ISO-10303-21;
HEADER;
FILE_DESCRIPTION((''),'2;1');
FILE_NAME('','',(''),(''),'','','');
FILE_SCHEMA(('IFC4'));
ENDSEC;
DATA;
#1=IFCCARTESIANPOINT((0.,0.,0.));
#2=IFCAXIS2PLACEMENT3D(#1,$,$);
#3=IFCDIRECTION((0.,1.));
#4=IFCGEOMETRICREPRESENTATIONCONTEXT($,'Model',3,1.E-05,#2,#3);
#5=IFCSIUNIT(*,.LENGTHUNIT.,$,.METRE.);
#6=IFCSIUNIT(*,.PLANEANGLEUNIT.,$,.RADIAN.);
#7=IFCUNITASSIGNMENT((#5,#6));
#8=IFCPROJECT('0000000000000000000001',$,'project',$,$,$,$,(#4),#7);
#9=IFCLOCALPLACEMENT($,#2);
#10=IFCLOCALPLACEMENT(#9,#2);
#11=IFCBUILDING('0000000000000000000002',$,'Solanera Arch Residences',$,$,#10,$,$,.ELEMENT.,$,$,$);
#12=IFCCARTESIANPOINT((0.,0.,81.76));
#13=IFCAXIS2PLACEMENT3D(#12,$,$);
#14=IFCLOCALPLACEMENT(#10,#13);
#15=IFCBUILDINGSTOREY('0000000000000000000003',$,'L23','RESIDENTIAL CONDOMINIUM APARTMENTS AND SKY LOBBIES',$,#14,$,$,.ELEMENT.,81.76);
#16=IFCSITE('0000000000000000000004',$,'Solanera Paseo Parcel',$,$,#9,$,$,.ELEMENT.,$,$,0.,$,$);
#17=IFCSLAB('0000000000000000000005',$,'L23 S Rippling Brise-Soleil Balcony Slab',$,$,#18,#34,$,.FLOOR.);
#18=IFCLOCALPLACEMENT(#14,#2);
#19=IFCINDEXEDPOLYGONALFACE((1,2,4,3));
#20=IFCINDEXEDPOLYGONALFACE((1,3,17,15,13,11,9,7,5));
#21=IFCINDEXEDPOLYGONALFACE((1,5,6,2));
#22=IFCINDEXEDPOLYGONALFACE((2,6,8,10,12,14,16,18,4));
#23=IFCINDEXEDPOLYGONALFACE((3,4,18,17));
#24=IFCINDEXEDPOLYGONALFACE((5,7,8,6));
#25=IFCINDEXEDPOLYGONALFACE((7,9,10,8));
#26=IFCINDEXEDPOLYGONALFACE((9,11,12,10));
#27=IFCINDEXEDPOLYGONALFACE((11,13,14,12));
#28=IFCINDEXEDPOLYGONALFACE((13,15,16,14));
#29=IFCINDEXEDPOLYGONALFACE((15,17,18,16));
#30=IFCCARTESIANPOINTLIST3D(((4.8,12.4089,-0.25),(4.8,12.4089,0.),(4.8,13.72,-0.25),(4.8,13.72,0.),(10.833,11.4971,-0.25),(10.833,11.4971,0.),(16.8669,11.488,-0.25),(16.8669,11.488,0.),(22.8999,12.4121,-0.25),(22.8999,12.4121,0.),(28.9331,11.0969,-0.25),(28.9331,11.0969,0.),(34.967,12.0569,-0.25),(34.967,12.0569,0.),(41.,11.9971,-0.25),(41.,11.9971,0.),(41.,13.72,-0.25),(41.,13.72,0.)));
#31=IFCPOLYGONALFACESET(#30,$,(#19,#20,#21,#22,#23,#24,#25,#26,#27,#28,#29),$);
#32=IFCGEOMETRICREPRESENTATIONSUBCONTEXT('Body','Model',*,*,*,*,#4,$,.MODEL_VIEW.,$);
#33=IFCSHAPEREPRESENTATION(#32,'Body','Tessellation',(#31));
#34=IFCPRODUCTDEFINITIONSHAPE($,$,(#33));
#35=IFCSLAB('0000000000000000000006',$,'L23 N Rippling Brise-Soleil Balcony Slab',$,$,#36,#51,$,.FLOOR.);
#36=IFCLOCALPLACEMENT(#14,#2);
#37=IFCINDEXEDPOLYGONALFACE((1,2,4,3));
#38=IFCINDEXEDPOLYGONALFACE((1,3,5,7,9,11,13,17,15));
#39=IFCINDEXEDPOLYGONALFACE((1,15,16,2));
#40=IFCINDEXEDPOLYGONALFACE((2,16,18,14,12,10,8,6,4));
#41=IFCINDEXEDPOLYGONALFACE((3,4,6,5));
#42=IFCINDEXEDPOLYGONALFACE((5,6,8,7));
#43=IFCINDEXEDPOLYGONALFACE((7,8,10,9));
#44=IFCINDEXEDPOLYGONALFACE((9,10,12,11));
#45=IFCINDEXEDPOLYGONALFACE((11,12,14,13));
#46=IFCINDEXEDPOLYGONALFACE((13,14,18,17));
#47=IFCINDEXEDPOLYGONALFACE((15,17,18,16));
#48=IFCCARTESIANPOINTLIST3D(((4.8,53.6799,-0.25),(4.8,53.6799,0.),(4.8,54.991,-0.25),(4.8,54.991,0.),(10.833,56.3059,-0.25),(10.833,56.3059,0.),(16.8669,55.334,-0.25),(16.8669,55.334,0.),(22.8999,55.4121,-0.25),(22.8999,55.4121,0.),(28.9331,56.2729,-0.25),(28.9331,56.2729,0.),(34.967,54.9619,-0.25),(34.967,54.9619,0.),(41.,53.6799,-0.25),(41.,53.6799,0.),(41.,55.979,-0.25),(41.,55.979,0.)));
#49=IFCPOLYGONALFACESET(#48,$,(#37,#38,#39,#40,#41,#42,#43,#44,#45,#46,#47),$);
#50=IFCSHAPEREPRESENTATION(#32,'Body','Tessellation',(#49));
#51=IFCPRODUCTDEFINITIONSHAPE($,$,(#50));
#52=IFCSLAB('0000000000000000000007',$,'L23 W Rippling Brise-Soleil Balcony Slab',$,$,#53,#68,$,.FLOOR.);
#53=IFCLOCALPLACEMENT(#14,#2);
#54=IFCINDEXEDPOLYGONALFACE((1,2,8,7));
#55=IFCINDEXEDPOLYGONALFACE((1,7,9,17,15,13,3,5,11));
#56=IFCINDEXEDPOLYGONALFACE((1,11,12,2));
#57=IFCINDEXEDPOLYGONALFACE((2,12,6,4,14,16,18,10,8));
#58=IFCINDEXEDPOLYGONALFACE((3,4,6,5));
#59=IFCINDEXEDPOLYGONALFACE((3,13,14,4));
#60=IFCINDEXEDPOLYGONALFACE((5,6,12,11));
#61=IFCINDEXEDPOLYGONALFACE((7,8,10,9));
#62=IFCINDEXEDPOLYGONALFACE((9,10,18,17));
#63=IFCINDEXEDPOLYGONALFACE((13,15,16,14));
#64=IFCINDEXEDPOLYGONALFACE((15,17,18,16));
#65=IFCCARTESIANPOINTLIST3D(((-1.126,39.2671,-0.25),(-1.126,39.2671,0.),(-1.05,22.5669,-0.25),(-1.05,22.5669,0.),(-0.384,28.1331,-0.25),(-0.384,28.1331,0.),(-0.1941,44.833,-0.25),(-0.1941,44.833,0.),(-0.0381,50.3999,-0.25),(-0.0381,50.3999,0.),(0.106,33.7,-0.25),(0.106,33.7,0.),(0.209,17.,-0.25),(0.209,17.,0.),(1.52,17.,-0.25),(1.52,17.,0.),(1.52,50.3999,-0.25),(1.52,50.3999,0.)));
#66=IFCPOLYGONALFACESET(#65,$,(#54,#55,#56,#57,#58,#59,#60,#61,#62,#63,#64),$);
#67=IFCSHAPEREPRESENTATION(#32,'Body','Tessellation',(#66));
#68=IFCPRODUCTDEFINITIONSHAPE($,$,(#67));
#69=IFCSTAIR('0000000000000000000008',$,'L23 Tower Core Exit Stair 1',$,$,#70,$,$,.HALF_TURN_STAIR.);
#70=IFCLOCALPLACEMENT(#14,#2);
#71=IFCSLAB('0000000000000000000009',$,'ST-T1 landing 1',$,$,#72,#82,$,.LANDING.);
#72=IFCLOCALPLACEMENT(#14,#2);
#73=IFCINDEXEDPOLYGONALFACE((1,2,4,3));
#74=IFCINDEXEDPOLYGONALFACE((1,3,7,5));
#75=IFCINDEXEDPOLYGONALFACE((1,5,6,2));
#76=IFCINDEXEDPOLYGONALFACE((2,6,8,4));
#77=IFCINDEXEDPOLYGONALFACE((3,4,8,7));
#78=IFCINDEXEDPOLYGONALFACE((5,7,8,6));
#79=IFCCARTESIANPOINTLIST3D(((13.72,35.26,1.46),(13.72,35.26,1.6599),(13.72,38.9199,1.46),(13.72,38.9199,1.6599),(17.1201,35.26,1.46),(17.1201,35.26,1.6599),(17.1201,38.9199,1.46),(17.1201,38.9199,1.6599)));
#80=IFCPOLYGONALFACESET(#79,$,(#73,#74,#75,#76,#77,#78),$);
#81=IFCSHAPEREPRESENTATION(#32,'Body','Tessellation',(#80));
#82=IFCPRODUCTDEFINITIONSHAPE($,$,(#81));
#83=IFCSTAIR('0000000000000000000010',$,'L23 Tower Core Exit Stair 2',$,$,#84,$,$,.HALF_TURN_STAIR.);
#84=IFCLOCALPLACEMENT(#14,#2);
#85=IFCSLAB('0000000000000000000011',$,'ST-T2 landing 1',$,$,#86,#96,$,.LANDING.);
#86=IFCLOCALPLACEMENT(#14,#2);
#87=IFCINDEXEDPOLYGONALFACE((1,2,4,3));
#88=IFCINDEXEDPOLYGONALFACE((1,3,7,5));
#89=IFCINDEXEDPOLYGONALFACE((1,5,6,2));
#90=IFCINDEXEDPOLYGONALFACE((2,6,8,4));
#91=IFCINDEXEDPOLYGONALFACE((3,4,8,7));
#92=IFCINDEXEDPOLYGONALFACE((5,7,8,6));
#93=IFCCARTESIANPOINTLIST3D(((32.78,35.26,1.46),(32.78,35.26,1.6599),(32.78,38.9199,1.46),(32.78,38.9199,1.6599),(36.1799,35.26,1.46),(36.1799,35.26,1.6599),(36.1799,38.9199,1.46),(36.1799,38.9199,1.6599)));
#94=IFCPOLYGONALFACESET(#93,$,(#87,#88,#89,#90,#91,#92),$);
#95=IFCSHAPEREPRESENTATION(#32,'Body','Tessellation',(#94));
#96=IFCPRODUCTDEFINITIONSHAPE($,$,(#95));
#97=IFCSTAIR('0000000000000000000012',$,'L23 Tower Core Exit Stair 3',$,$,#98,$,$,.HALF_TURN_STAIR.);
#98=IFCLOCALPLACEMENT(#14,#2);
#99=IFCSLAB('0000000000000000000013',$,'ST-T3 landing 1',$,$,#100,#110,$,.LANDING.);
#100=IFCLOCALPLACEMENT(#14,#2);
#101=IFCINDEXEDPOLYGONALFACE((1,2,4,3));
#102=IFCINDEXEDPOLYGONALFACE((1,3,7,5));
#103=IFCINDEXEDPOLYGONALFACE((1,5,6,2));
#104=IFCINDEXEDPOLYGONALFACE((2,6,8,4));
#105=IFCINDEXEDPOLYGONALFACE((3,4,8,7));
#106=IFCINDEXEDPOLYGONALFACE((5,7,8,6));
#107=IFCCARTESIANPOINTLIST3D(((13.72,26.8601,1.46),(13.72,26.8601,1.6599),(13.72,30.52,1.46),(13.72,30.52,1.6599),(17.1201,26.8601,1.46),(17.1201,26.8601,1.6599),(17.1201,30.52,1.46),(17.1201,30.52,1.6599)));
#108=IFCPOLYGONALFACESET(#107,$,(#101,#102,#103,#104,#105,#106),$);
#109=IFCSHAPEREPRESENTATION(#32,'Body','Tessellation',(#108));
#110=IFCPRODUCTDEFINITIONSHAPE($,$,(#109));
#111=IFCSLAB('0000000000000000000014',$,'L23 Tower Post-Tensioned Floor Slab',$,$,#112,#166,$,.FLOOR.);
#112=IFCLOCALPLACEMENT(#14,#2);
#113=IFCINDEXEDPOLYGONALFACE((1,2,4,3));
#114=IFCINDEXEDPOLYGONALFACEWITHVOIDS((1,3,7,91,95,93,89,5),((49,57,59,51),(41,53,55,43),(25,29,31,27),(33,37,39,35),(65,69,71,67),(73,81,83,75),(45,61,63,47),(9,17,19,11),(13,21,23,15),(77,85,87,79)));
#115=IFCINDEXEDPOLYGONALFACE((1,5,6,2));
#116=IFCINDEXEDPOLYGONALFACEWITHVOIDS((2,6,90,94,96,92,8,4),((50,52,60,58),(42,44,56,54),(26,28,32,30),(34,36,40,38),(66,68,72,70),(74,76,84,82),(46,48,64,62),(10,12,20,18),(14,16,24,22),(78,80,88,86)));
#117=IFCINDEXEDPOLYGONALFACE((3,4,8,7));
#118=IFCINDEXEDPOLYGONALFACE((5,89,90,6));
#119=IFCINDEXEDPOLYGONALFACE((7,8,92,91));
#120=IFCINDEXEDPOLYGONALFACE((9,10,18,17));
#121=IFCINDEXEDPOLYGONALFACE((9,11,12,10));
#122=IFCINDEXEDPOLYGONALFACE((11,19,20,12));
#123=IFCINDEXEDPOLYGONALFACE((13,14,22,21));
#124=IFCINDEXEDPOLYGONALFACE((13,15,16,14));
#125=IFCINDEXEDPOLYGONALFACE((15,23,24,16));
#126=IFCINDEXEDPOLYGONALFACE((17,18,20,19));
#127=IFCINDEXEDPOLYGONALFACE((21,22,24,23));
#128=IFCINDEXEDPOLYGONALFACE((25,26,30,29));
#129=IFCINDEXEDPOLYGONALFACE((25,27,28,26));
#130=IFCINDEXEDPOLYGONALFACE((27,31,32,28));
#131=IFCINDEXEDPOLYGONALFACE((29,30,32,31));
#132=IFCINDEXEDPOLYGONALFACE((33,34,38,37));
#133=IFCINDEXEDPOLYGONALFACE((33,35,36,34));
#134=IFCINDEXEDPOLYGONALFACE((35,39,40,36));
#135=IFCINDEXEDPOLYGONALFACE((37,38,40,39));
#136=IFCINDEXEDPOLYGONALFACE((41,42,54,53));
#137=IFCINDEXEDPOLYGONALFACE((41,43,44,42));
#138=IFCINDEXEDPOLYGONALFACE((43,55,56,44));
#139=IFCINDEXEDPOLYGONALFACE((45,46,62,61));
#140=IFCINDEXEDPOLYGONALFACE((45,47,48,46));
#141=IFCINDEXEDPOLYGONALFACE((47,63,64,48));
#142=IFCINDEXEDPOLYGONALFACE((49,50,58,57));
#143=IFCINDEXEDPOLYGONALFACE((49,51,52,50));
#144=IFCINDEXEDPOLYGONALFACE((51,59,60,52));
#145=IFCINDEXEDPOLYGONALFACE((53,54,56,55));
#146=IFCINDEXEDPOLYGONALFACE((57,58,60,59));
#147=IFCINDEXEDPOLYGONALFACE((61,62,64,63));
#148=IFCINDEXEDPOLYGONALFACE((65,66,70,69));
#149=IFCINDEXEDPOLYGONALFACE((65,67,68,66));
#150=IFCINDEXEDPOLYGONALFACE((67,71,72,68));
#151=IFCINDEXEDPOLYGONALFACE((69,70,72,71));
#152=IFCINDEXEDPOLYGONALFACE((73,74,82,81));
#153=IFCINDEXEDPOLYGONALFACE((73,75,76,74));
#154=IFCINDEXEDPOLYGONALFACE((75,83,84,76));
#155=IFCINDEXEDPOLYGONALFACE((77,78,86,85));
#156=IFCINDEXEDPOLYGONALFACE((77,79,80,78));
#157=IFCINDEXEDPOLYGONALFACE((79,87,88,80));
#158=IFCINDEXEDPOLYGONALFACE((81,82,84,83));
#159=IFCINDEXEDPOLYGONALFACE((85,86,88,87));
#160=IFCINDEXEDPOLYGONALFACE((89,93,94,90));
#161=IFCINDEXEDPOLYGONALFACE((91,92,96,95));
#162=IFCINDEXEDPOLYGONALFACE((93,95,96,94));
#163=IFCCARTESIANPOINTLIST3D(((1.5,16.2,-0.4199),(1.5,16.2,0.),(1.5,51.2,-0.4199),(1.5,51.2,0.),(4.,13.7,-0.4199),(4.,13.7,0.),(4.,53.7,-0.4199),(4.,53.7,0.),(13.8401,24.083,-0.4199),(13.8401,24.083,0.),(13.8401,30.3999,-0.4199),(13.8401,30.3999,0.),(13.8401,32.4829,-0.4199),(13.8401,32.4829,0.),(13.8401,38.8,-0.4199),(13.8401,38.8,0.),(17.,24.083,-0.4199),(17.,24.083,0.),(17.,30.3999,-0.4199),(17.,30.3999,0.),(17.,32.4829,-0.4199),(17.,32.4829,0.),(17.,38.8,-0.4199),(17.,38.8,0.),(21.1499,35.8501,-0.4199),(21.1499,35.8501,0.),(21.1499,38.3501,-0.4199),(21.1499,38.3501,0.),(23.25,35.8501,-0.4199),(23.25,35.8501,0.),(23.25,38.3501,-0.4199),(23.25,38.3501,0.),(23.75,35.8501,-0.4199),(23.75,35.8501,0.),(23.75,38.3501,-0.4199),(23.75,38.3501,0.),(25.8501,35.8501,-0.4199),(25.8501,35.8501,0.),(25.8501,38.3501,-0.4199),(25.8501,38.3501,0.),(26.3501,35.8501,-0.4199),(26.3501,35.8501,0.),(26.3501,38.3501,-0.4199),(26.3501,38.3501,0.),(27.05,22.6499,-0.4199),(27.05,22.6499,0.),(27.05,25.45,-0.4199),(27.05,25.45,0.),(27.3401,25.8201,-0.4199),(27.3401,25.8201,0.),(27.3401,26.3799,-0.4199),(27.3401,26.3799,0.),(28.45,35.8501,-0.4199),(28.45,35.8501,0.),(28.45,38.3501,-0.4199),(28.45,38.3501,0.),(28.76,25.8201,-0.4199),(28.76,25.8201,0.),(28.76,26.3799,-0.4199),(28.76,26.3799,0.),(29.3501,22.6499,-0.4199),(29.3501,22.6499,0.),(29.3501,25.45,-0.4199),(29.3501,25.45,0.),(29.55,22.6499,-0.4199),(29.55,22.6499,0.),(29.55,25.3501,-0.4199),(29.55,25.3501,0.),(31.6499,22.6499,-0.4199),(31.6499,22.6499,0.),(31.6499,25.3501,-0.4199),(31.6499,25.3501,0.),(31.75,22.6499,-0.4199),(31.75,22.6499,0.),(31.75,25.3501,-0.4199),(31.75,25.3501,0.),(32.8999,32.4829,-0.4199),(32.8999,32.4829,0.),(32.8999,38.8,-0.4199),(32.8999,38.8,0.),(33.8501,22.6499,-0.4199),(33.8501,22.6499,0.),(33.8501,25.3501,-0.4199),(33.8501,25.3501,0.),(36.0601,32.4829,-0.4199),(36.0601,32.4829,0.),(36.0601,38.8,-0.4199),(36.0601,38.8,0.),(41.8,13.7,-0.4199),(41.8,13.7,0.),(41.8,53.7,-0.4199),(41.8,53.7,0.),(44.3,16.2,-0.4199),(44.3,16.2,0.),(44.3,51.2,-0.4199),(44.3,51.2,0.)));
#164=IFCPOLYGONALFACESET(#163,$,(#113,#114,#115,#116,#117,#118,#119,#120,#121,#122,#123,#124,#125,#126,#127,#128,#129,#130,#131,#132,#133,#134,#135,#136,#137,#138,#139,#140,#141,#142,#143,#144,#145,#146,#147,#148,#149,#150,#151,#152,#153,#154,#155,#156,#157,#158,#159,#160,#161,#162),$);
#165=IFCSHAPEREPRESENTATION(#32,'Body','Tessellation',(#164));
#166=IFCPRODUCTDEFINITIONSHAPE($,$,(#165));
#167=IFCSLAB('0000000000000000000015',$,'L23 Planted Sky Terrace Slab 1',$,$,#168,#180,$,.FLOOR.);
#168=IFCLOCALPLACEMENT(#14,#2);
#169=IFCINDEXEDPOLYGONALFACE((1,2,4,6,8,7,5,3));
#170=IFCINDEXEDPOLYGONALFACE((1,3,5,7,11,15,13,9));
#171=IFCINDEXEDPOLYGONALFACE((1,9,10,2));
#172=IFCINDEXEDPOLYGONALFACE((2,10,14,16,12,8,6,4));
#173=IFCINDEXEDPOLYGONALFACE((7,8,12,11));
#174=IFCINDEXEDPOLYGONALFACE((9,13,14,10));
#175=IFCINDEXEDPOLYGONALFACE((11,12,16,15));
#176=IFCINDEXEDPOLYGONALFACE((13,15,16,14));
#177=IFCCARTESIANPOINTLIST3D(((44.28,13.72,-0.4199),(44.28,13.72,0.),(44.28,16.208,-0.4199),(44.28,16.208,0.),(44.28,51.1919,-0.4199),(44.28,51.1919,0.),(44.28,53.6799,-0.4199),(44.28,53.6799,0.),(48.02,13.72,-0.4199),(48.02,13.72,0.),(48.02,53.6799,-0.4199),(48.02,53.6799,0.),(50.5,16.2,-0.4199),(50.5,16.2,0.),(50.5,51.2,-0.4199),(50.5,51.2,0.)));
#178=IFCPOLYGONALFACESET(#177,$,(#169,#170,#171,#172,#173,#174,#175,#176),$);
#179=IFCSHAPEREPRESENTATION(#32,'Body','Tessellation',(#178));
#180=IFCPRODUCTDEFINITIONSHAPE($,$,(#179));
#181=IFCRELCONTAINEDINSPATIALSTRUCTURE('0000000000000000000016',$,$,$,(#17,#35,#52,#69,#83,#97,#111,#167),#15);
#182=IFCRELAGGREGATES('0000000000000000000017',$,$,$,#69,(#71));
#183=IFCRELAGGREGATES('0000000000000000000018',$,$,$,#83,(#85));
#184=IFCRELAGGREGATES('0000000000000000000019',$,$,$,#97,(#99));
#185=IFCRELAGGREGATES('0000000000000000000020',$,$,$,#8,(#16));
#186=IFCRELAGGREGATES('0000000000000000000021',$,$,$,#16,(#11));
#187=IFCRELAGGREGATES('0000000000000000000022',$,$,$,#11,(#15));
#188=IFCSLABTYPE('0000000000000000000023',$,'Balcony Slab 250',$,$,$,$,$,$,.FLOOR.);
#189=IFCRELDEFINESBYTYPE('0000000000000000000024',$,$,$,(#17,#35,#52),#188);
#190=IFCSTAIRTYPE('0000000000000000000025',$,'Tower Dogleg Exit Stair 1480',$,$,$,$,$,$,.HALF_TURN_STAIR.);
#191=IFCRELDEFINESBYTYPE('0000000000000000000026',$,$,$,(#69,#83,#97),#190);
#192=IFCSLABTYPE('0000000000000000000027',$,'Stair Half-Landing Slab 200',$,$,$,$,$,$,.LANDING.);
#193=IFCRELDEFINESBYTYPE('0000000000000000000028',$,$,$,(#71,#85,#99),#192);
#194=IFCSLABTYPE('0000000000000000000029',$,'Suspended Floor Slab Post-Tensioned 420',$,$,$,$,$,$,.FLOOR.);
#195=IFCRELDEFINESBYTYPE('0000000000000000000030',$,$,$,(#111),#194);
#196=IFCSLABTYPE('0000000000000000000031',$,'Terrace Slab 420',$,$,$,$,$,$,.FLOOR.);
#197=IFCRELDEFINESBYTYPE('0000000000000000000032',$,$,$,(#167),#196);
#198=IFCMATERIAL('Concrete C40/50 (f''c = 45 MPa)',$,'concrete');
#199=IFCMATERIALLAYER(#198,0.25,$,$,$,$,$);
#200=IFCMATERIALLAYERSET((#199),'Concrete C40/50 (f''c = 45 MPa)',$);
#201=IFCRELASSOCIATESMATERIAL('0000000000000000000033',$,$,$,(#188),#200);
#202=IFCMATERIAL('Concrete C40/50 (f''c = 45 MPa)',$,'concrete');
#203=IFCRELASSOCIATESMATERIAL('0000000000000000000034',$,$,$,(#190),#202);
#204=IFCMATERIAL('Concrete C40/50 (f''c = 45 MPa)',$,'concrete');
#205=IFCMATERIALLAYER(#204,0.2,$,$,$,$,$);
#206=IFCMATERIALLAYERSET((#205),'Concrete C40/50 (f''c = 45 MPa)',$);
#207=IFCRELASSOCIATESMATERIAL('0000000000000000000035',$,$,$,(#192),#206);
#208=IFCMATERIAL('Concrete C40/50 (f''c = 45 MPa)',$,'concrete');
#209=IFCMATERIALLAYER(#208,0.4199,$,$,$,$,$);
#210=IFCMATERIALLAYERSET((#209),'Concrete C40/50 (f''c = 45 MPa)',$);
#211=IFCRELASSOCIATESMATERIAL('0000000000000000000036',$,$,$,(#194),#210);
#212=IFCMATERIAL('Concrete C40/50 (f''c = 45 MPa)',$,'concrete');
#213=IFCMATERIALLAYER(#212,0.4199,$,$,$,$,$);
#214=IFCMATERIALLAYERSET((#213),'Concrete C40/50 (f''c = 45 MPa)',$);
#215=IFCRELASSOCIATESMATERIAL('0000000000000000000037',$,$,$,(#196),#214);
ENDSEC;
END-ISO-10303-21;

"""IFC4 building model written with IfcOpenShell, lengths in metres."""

from ifc_helpers import new_model, si_unit, direction, frame, origin, place, context, subcontext, project, spatial, polyline, outline, extrude, material, layer, layer_set, type_object, element, aggregate, save


model = new_model("IFC4")

# Units and contexts
model_context = context("Model", 3, precision=1e-05, world=origin(), true_north=direction((0.0, 1.0)))
body_context = subcontext(model_context, "Body", "Model", "MODEL_VIEW")
ifc_project = project(units=[si_unit("LENGTHUNIT", "METRE"), si_unit("PLANEANGLEUNIT", "RADIAN")], contexts=[model_context])

# Site, building, storey
site_placement = place(None, origin())
site = spatial("IfcSite", under=ifc_project, at=site_placement, Name="Solanera Paseo Parcel", CompositionType="ELEMENT", RefElevation=0.0)
building_placement = place(site_placement, origin())
building = spatial("IfcBuilding", under=site, at=building_placement, Name="Solanera Arch Residences", CompositionType="ELEMENT")
storey_placement = place(building_placement, frame((0.0, 0.0, 81.76)))
storey = spatial("IfcBuildingStorey", under=building, at=storey_placement, Name="L23", Description="RESIDENTIAL CONDOMINIUM APARTMENTS AND SKY LOBBIES", CompositionType="ELEMENT", Elevation=81.76)

# Slabs
ifc_material_1 = material(Name="Concrete C40/50 (f'c = 45 MPa)", Category="concrete")
ifc_layer_1 = layer(ifc_material_1, 0.25)
ifc_layer_set_1 = layer_set([ifc_layer_1], Name="Concrete C40/50 (f'c = 45 MPa)")
slab_type_1 = type_object("IfcSlabType", Name="Balcony Slab 250", PredefinedType="FLOOR", material=ifc_layer_set_1)
slab_1_placement = place(storey_placement, frame((0.0, 0.0, -0.25)))
element("IfcSlab", 1, at=slab_1_placement, inside=storey, type_object=slab_type_1, Name="L23 S Rippling Brise-Soleil Balcony Slab", PredefinedType="FLOOR", context=body_context, shape_type="SweptSolid", body=[
    extrude(outline(polyline([(4.8, 12.4089), (10.833, 11.4971), (16.8669, 11.488), (22.8999, 12.4121), (28.9331, 11.0969), (34.967, 12.0569), (41.0, 11.9971), (41.0, 13.72), (4.8, 13.72), (4.8, 12.4089)])), origin(), (0.0, 0.0, 1.0), 0.25),
])
slab_2_placement = place(storey_placement, frame((0.0, 0.0, -0.25)))
element("IfcSlab", 2, at=slab_2_placement, inside=storey, type_object=slab_type_1, Name="L23 N Rippling Brise-Soleil Balcony Slab", PredefinedType="FLOOR", context=body_context, shape_type="SweptSolid", body=[
    extrude(outline(polyline([(41.0, 55.979), (34.967, 54.9619), (28.9331, 56.2729), (22.8999, 55.4121), (16.8669, 55.334), (10.833, 56.3059), (4.8, 54.991), (4.8, 53.6799), (41.0, 53.6799), (41.0, 55.979)])), origin(), (0.0, 0.0, 1.0), 0.25),
])
slab_3_placement = place(storey_placement, frame((0.0, 0.0, -0.25)))
element("IfcSlab", 3, at=slab_3_placement, inside=storey, type_object=slab_type_1, Name="L23 W Rippling Brise-Soleil Balcony Slab", PredefinedType="FLOOR", context=body_context, shape_type="SweptSolid", body=[
    extrude(outline(polyline([(-0.0381, 50.3999), (-0.1941, 44.833), (-1.126, 39.2671), (0.106, 33.7), (-0.384, 28.1331), (-1.05, 22.5669), (0.209, 17.0), (1.52, 17.0), (1.52, 50.3999), (-0.0381, 50.3999)])), origin(), (0.0, 0.0, 1.0), 0.25),
])

# Stairs, slabs
ifc_material_2 = material(Name="Concrete C40/50 (f'c = 45 MPa)", Category="concrete")
stair_type = type_object("IfcStairType", Name="Tower Dogleg Exit Stair 1480", PredefinedType="HALF_TURN_STAIR", material=ifc_material_2)
stair_1_placement = place(storey_placement, origin())
stair_1 = element("IfcStair", 4, at=stair_1_placement, inside=storey, type_object=stair_type, Name="L23 Tower Core Exit Stair 1", PredefinedType="HALF_TURN_STAIR")
ifc_material_3 = material(Name="Concrete C40/50 (f'c = 45 MPa)", Category="concrete")
ifc_layer_2 = layer(ifc_material_3, 0.2)
ifc_layer_set_2 = layer_set([ifc_layer_2], Name="Concrete C40/50 (f'c = 45 MPa)")
slab_type_2 = type_object("IfcSlabType", Name="Stair Half-Landing Slab 200", PredefinedType="LANDING", material=ifc_layer_set_2)
slab_4_placement = place(storey_placement, frame((0.0, 0.0, 1.46)))
slab_4 = element("IfcSlab", 5, at=slab_4_placement, type_object=slab_type_2, Name="ST-T1 landing 1", PredefinedType="LANDING", context=body_context, shape_type="SweptSolid", body=[
    extrude(outline(polyline([(17.1201, 35.26), (17.1201, 38.9199), (13.72, 38.9199), (13.72, 35.26), (17.1201, 35.26)])), origin(), (0.0, 0.0, 1.0), 0.2),
])
aggregate(stair_1, [slab_4])
stair_2_placement = place(storey_placement, origin())
stair_2 = element("IfcStair", 6, at=stair_2_placement, inside=storey, type_object=stair_type, Name="L23 Tower Core Exit Stair 2", PredefinedType="HALF_TURN_STAIR")
slab_5_placement = place(storey_placement, frame((0.0, 0.0, 1.46)))
slab_5 = element("IfcSlab", 7, at=slab_5_placement, type_object=slab_type_2, Name="ST-T2 landing 1", PredefinedType="LANDING", context=body_context, shape_type="SweptSolid", body=[
    extrude(outline(polyline([(36.1799, 35.26), (36.1799, 38.9199), (32.78, 38.9199), (32.78, 35.26), (36.1799, 35.26)])), origin(), (0.0, 0.0, 1.0), 0.2),
])
aggregate(stair_2, [slab_5])
stair_3_placement = place(storey_placement, origin())
stair_3 = element("IfcStair", 8, at=stair_3_placement, inside=storey, type_object=stair_type, Name="L23 Tower Core Exit Stair 3", PredefinedType="HALF_TURN_STAIR")
slab_6_placement = place(storey_placement, frame((0.0, 0.0, 1.46)))
slab_6 = element("IfcSlab", 9, at=slab_6_placement, type_object=slab_type_2, Name="ST-T3 landing 1", PredefinedType="LANDING", context=body_context, shape_type="SweptSolid", body=[
    extrude(outline(polyline([(17.1201, 26.8601), (17.1201, 30.52), (13.72, 30.52), (13.72, 26.8601), (17.1201, 26.8601)])), origin(), (0.0, 0.0, 1.0), 0.2),
])
aggregate(stair_3, [slab_6])

# Slabs
ifc_material_4 = material(Name="Concrete C40/50 (f'c = 45 MPa)", Category="concrete")
ifc_layer_3 = layer(ifc_material_4, 0.4199)
ifc_layer_set_3 = layer_set([ifc_layer_3], Name="Concrete C40/50 (f'c = 45 MPa)")
slab_type_3 = type_object("IfcSlabType", Name="Suspended Floor Slab Post-Tensioned 420", PredefinedType="FLOOR", material=ifc_layer_set_3)
slab_7_placement = place(storey_placement, frame((0.0, 0.0, -0.4199)))
element("IfcSlab", 10, at=slab_7_placement, inside=storey, type_object=slab_type_3, Name="L23 Tower Post-Tensioned Floor Slab", PredefinedType="FLOOR", context=body_context, shape_type="SweptSolid", body=[
    extrude(outline(polyline([(4.0, 13.7), (41.8, 13.7), (44.3, 16.2), (44.3, 51.2), (41.8, 53.7), (4.0, 53.7), (1.5, 51.2), (1.5, 16.2), (4.0, 13.7)]), holes=[polyline([(13.8401, 32.4829), (13.8401, 38.8), (17.0, 38.8), (17.0, 32.4829), (13.8401, 32.4829)]), polyline([(32.8999, 32.4829), (32.8999, 38.8), (36.0601, 38.8), (36.0601, 32.4829), (32.8999, 32.4829)]), polyline([(13.8401, 24.083), (13.8401, 30.3999), (17.0, 30.3999), (17.0, 24.083), (13.8401, 24.083)]), polyline([(21.1499, 38.3501), (23.25, 38.3501), (23.25, 35.8501), (21.1499, 35.8501), (21.1499, 38.3501)]), polyline([(23.75, 38.3501), (25.8501, 38.3501), (25.8501, 35.8501), (23.75, 35.8501), (23.75, 38.3501)]), polyline([(26.3501, 38.3501), (28.45, 38.3501), (28.45, 35.8501), (26.3501, 35.8501), (26.3501, 38.3501)]), polyline([(29.55, 25.3501), (31.6499, 25.3501), (31.6499, 22.6499), (29.55, 22.6499), (29.55, 25.3501)]), polyline([(31.75, 25.3501), (33.8501, 25.3501), (33.8501, 22.6499), (31.75, 22.6499), (31.75, 25.3501)]), polyline([(27.05, 25.45), (29.3501, 25.45), (29.3501, 22.6499), (27.05, 22.6499), (27.05, 25.45)]), polyline([(27.3401, 26.3799), (28.76, 26.3799), (28.76, 25.8201), (27.3401, 25.8201), (27.3401, 26.3799)])]), origin(), (0.0, 0.0, 1.0), 0.4199),
])
ifc_material_5 = material(Name="Concrete C40/50 (f'c = 45 MPa)", Category="concrete")
ifc_layer_4 = layer(ifc_material_5, 0.4199)
ifc_layer_set_4 = layer_set([ifc_layer_4], Name="Concrete C40/50 (f'c = 45 MPa)")
slab_type_4 = type_object("IfcSlabType", Name="Terrace Slab 420", PredefinedType="FLOOR", material=ifc_layer_set_4)
slab_8_placement = place(storey_placement, frame((0.0, 0.0, -0.4199)))
element("IfcSlab", 11, at=slab_8_placement, inside=storey, type_object=slab_type_4, Name="L23 Planted Sky Terrace Slab 1", PredefinedType="FLOOR", context=body_context, shape_type="SweptSolid", body=[
    extrude(outline(polyline([(48.02, 53.6799), (44.28, 53.6799), (44.28, 51.1919), (44.28, 16.208), (44.28, 13.72), (48.02, 13.72), (50.5, 16.2), (50.5, 51.2), (48.02, 53.6799)])), origin(), (0.0, 0.0, 1.0), 0.4199),
])

save(model, "model.ifc")
